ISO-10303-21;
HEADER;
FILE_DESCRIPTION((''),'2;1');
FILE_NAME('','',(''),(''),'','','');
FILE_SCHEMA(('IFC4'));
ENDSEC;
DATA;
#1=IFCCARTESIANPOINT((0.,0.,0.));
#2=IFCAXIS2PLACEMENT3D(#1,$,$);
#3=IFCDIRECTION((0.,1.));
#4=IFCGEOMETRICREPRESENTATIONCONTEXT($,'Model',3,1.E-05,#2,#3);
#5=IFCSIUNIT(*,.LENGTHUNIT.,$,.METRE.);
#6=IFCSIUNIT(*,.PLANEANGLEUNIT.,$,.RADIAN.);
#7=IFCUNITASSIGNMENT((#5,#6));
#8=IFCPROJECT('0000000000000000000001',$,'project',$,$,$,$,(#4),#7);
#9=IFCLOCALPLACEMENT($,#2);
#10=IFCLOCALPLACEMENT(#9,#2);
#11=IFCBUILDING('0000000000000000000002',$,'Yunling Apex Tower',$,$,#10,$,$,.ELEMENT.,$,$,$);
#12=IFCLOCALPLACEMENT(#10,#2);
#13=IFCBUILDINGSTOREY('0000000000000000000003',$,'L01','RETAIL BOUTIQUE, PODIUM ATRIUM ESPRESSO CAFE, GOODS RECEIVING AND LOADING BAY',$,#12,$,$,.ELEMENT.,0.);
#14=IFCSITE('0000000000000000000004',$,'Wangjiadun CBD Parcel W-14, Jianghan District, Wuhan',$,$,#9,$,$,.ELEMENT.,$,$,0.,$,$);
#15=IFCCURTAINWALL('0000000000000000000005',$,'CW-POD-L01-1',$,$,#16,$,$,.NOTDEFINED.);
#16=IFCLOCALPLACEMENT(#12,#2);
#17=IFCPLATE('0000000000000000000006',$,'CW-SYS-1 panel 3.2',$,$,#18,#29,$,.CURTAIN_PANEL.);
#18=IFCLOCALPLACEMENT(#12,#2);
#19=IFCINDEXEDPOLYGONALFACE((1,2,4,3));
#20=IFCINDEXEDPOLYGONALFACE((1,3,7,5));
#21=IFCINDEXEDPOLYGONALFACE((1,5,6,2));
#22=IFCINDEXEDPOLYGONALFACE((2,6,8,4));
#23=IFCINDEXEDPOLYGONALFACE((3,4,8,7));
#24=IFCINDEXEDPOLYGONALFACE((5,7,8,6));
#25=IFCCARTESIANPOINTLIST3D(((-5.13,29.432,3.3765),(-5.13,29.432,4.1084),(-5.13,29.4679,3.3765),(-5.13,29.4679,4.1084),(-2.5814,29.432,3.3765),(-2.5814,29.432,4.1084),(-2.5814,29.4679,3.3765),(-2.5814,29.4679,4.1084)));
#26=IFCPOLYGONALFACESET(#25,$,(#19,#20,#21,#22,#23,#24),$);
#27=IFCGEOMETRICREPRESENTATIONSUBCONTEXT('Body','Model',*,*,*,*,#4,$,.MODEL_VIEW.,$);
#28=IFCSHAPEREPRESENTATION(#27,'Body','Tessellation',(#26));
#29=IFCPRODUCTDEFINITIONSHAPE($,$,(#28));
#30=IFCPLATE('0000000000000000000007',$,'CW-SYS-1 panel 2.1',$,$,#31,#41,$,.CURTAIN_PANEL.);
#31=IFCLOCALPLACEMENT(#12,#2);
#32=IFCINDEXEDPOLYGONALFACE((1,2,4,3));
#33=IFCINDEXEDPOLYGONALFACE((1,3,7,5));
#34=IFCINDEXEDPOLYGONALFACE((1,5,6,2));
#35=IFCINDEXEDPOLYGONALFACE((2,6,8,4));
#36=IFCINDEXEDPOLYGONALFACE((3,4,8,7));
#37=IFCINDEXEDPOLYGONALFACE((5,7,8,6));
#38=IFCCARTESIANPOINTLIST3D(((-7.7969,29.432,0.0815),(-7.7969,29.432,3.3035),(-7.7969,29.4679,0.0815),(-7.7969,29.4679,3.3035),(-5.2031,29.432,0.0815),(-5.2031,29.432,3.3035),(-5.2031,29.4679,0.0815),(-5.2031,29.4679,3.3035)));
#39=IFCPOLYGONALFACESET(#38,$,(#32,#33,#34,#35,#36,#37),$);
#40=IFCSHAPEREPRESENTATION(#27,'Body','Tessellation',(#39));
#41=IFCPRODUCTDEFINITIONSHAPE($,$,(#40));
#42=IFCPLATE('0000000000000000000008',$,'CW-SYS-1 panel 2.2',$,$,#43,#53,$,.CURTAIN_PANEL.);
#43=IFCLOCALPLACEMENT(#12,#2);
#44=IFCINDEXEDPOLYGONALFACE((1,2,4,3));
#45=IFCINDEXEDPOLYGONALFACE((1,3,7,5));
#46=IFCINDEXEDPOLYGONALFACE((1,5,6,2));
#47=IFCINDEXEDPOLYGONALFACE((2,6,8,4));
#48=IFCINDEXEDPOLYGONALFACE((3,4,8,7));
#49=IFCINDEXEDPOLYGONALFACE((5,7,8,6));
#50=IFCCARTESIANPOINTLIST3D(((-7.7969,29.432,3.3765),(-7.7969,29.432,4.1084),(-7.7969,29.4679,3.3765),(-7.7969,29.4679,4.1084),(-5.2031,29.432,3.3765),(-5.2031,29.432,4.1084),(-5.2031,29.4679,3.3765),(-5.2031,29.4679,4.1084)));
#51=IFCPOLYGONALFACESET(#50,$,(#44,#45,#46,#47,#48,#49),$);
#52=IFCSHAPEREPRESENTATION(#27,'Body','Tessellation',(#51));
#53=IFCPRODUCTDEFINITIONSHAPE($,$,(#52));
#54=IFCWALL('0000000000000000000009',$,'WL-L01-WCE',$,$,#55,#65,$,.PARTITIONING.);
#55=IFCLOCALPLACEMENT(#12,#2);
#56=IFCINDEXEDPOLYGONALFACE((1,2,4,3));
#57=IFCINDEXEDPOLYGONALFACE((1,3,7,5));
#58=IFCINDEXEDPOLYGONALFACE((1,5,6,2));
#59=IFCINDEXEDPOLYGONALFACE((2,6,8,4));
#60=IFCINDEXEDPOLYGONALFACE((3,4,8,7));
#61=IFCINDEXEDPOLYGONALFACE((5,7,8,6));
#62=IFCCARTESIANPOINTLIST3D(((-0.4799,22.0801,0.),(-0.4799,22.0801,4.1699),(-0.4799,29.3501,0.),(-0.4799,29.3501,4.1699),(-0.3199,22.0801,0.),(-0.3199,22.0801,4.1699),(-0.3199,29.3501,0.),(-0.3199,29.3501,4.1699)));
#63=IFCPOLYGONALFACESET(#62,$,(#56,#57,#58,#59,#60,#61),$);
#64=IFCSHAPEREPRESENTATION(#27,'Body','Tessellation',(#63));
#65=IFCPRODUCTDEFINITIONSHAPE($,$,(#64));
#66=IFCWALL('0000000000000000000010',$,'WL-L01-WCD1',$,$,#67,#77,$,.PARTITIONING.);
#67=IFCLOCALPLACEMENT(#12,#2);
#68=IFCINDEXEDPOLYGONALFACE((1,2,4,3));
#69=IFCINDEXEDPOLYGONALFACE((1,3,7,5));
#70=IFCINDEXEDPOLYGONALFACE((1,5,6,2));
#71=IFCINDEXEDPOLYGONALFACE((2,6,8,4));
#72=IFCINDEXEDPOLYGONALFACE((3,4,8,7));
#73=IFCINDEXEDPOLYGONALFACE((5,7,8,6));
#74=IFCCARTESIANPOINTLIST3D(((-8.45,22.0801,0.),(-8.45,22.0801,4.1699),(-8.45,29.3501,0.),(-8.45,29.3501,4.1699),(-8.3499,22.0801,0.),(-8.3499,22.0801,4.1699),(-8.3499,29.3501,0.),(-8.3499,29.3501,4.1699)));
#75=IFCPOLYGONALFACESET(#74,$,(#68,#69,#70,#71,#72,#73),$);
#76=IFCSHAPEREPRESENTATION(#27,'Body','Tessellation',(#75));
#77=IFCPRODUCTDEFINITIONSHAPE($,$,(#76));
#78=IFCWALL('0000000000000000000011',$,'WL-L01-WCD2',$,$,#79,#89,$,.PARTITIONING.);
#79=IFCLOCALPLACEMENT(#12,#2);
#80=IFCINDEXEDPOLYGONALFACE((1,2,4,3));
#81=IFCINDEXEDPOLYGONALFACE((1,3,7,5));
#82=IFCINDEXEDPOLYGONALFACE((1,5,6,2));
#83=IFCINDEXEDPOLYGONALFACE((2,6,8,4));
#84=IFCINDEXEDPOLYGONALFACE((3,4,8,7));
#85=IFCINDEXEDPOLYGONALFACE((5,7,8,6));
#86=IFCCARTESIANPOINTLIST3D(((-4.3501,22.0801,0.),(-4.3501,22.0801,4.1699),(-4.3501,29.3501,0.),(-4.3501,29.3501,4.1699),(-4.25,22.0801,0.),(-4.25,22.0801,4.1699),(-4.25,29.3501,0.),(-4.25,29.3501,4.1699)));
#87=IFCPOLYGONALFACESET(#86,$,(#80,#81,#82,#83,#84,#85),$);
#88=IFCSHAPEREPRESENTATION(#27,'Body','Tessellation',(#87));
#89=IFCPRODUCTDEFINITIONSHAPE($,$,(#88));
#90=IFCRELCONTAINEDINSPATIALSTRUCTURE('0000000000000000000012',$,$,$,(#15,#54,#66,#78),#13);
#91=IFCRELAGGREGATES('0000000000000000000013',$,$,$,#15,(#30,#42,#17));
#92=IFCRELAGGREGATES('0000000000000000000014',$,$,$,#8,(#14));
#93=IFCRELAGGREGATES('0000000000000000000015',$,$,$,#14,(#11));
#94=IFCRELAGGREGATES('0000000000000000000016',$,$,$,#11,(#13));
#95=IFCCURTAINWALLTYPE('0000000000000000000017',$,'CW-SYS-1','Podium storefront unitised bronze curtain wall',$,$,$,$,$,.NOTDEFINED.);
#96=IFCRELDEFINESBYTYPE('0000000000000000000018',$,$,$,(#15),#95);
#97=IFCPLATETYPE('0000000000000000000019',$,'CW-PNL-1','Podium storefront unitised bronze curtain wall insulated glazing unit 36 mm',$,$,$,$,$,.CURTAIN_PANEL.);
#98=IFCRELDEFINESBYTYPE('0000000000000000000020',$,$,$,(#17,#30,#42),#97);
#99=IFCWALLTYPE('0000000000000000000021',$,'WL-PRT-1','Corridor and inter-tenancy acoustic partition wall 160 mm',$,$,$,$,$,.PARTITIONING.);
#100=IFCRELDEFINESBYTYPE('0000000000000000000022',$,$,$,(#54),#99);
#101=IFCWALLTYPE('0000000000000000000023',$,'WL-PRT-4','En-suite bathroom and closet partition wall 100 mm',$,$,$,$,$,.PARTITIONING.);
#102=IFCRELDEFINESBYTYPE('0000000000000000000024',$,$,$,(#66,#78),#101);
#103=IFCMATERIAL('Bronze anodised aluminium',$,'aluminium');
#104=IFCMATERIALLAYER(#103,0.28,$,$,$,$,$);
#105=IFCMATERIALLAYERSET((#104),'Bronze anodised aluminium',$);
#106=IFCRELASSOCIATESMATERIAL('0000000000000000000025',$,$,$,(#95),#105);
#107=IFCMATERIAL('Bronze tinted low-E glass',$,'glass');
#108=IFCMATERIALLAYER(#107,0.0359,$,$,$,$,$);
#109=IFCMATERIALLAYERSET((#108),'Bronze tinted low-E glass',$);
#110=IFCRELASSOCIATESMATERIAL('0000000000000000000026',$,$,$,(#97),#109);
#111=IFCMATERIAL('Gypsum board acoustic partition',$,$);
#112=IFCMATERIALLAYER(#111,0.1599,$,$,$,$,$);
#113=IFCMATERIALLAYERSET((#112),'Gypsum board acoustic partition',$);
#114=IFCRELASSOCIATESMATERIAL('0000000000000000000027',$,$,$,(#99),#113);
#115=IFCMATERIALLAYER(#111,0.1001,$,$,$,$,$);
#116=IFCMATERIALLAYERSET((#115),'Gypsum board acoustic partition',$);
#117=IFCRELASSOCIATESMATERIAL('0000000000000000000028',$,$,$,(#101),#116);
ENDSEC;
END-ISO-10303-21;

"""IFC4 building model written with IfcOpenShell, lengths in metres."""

from ifc_helpers import new_model, si_unit, direction, frame, frame_2d, origin, origin_2d, place, context, subcontext, project, spatial, rectangle, extrude, source, transform, mapped, material, layer, layer_set, type_object, element, aggregate, save


model = new_model("IFC4")

# Units and contexts
model_context = context("Model", 3, precision=1e-05, world=origin(), true_north=direction((0.0, 1.0)))
body_context = subcontext(model_context, "Body", "Model", "MODEL_VIEW")
ifc_project = project(units=[si_unit("LENGTHUNIT", "METRE"), si_unit("PLANEANGLEUNIT", "RADIAN")], contexts=[model_context])

# Site, building, storey
site_placement = place(None, origin())
site = spatial("IfcSite", under=ifc_project, at=site_placement, Name="Wangjiadun CBD Parcel W-14, Jianghan District, Wuhan", CompositionType="ELEMENT", RefElevation=0.0)
building_placement = place(site_placement, origin())
building = spatial("IfcBuilding", under=site, at=building_placement, Name="Yunling Apex Tower", CompositionType="ELEMENT")
storey_placement = place(building_placement, origin())
storey = spatial("IfcBuildingStorey", under=building, at=storey_placement, Name="L01", Description="RETAIL BOUTIQUE, PODIUM ATRIUM ESPRESSO CAFE, GOODS RECEIVING AND LOADING BAY", CompositionType="ELEMENT", Elevation=0.0)

# Curtain wall, plates
ifc_material_1 = material(Name="Bronze anodised aluminium", Category="aluminium")
ifc_layer_1 = layer(ifc_material_1, 0.28)
ifc_layer_set_1 = layer_set([ifc_layer_1], Name="Bronze anodised aluminium")
curtain_wall_type = type_object("IfcCurtainWallType", Name="CW-SYS-1", Description="Podium storefront unitised bronze curtain wall", PredefinedType="NOTDEFINED", material=ifc_layer_set_1)
curtain_wall_placement = place(storey_placement, origin())
curtain_wall = element("IfcCurtainWall", 1, at=curtain_wall_placement, inside=storey, type_object=curtain_wall_type, Name="CW-POD-L01-1", PredefinedType="NOTDEFINED")
ifc_material_2 = material(Name="Bronze tinted low-E glass", Category="glass")
ifc_layer_2 = layer(ifc_material_2, 0.0359)
ifc_layer_set_2 = layer_set([ifc_layer_2], Name="Bronze tinted low-E glass")
plate_type = type_object("IfcPlateType", Name="CW-PNL-1", Description="Podium storefront unitised bronze curtain wall insulated glazing unit 36 mm", PredefinedType="CURTAIN_PANEL", material=ifc_layer_set_2)
shared_shape_1 = source(origin(), body_context, "Body", "SweptSolid", [
    extrude(rectangle(XDim=2.5486, YDim=0.0359, at=origin_2d()), origin(), (0.0, 0.0, 1.0), 0.7319),
])
plate_1_placement = place(storey_placement, frame((-3.8557, 29.45, 3.3765), z_axis=(0.0, 0.0, 1.0), x_axis=(1.0, 0.0, 0.0)))
plate_1 = element("IfcPlate", 2, at=plate_1_placement, type_object=plate_type, Name="CW-SYS-1 panel 3.2", PredefinedType="CURTAIN_PANEL", context=body_context, shape_type="MappedRepresentation", body=[
    mapped(shared_shape_1, transform((0.0, 0.0, 0.0), scale=1.0)),
])
shared_shape_2 = source(origin(), body_context, "Body", "SweptSolid", [
    extrude(rectangle(XDim=2.5938, YDim=0.0359, at=origin_2d()), origin(), (0.0, 0.0, 1.0), 3.2219),
])
plate_2_placement = place(storey_placement, frame((-6.5, 29.45, 0.0815), z_axis=(0.0, 0.0, 1.0), x_axis=(1.0, 0.0, 0.0)))
plate_2 = element("IfcPlate", 3, at=plate_2_placement, type_object=plate_type, Name="CW-SYS-1 panel 2.1", PredefinedType="CURTAIN_PANEL", context=body_context, shape_type="MappedRepresentation", body=[
    mapped(shared_shape_2, transform((0.0, 0.0, 0.0), scale=1.0)),
])
shared_shape_3 = source(origin(), body_context, "Body", "SweptSolid", [
    extrude(rectangle(XDim=2.5938, YDim=0.0359, at=origin_2d()), origin(), (0.0, 0.0, 1.0), 0.7319),
])
plate_3_placement = place(storey_placement, frame((-6.5, 29.45, 3.3765), z_axis=(0.0, 0.0, 1.0), x_axis=(1.0, 0.0, 0.0)))
plate_3 = element("IfcPlate", 4, at=plate_3_placement, type_object=plate_type, Name="CW-SYS-1 panel 2.2", PredefinedType="CURTAIN_PANEL", context=body_context, shape_type="MappedRepresentation", body=[
    mapped(shared_shape_3, transform((0.0, 0.0, 0.0), scale=1.0)),
])
aggregate(curtain_wall, [plate_2, plate_3, plate_1])

# Walls
ifc_material_3 = material(Name="Gypsum board acoustic partition")
ifc_layer_3 = layer(ifc_material_3, 0.1599)
ifc_layer_set_3 = layer_set([ifc_layer_3], Name="Gypsum board acoustic partition")
wall_type_1 = type_object("IfcWallType", Name="WL-PRT-1", Description="Corridor and inter-tenancy acoustic partition wall 160 mm", PredefinedType="PARTITIONING", material=ifc_layer_set_3)
wall_placement = place(storey_placement, frame((-0.3999, 22.0801, 0.0), z_axis=(0.0, 0.0, 1.0), x_axis=(0.0, 1.0, 0.0)))
element("IfcWall", 5, at=wall_placement, inside=storey, type_object=wall_type_1, Name="WL-L01-WCE", PredefinedType="PARTITIONING", context=body_context, shape_type="SweptSolid", body=[
    extrude(rectangle(XDim=7.27, YDim=0.1599, at=frame_2d((3.635, 0.0))), origin(), (0.0, 0.0, 1.0), 4.1699),
])
ifc_layer_4 = layer(ifc_material_3, 0.1001)
ifc_layer_set_4 = layer_set([ifc_layer_4], Name="Gypsum board acoustic partition")
wall_type_2 = type_object("IfcWallType", Name="WL-PRT-4", Description="En-suite bathroom and closet partition wall 100 mm", PredefinedType="PARTITIONING", material=ifc_layer_set_4)
for number, where, z_axis, x_axis, name in (
    (6, (-8.3999, 22.0801, 0.0), (0.0, 0.0, 1.0), (0.0, 1.0, 0.0), "WL-L01-WCD1"),
    (7, (-4.3, 22.0801, 0.0), (0.0, 0.0, 1.0), (0.0, 1.0, 0.0), "WL-L01-WCD2"),
):
    element("IfcWall", number, at=place(storey_placement, frame(where, z_axis=z_axis, x_axis=x_axis)), inside=storey, type_object=wall_type_2, Name=name, PredefinedType="PARTITIONING", context=body_context, shape_type="SweptSolid", body=[
        extrude(rectangle(XDim=7.27, YDim=0.1001, at=frame_2d((3.635, 0.0))), origin(), (0.0, 0.0, 1.0), 4.1699),
    ])

save(model, "model.ifc")
